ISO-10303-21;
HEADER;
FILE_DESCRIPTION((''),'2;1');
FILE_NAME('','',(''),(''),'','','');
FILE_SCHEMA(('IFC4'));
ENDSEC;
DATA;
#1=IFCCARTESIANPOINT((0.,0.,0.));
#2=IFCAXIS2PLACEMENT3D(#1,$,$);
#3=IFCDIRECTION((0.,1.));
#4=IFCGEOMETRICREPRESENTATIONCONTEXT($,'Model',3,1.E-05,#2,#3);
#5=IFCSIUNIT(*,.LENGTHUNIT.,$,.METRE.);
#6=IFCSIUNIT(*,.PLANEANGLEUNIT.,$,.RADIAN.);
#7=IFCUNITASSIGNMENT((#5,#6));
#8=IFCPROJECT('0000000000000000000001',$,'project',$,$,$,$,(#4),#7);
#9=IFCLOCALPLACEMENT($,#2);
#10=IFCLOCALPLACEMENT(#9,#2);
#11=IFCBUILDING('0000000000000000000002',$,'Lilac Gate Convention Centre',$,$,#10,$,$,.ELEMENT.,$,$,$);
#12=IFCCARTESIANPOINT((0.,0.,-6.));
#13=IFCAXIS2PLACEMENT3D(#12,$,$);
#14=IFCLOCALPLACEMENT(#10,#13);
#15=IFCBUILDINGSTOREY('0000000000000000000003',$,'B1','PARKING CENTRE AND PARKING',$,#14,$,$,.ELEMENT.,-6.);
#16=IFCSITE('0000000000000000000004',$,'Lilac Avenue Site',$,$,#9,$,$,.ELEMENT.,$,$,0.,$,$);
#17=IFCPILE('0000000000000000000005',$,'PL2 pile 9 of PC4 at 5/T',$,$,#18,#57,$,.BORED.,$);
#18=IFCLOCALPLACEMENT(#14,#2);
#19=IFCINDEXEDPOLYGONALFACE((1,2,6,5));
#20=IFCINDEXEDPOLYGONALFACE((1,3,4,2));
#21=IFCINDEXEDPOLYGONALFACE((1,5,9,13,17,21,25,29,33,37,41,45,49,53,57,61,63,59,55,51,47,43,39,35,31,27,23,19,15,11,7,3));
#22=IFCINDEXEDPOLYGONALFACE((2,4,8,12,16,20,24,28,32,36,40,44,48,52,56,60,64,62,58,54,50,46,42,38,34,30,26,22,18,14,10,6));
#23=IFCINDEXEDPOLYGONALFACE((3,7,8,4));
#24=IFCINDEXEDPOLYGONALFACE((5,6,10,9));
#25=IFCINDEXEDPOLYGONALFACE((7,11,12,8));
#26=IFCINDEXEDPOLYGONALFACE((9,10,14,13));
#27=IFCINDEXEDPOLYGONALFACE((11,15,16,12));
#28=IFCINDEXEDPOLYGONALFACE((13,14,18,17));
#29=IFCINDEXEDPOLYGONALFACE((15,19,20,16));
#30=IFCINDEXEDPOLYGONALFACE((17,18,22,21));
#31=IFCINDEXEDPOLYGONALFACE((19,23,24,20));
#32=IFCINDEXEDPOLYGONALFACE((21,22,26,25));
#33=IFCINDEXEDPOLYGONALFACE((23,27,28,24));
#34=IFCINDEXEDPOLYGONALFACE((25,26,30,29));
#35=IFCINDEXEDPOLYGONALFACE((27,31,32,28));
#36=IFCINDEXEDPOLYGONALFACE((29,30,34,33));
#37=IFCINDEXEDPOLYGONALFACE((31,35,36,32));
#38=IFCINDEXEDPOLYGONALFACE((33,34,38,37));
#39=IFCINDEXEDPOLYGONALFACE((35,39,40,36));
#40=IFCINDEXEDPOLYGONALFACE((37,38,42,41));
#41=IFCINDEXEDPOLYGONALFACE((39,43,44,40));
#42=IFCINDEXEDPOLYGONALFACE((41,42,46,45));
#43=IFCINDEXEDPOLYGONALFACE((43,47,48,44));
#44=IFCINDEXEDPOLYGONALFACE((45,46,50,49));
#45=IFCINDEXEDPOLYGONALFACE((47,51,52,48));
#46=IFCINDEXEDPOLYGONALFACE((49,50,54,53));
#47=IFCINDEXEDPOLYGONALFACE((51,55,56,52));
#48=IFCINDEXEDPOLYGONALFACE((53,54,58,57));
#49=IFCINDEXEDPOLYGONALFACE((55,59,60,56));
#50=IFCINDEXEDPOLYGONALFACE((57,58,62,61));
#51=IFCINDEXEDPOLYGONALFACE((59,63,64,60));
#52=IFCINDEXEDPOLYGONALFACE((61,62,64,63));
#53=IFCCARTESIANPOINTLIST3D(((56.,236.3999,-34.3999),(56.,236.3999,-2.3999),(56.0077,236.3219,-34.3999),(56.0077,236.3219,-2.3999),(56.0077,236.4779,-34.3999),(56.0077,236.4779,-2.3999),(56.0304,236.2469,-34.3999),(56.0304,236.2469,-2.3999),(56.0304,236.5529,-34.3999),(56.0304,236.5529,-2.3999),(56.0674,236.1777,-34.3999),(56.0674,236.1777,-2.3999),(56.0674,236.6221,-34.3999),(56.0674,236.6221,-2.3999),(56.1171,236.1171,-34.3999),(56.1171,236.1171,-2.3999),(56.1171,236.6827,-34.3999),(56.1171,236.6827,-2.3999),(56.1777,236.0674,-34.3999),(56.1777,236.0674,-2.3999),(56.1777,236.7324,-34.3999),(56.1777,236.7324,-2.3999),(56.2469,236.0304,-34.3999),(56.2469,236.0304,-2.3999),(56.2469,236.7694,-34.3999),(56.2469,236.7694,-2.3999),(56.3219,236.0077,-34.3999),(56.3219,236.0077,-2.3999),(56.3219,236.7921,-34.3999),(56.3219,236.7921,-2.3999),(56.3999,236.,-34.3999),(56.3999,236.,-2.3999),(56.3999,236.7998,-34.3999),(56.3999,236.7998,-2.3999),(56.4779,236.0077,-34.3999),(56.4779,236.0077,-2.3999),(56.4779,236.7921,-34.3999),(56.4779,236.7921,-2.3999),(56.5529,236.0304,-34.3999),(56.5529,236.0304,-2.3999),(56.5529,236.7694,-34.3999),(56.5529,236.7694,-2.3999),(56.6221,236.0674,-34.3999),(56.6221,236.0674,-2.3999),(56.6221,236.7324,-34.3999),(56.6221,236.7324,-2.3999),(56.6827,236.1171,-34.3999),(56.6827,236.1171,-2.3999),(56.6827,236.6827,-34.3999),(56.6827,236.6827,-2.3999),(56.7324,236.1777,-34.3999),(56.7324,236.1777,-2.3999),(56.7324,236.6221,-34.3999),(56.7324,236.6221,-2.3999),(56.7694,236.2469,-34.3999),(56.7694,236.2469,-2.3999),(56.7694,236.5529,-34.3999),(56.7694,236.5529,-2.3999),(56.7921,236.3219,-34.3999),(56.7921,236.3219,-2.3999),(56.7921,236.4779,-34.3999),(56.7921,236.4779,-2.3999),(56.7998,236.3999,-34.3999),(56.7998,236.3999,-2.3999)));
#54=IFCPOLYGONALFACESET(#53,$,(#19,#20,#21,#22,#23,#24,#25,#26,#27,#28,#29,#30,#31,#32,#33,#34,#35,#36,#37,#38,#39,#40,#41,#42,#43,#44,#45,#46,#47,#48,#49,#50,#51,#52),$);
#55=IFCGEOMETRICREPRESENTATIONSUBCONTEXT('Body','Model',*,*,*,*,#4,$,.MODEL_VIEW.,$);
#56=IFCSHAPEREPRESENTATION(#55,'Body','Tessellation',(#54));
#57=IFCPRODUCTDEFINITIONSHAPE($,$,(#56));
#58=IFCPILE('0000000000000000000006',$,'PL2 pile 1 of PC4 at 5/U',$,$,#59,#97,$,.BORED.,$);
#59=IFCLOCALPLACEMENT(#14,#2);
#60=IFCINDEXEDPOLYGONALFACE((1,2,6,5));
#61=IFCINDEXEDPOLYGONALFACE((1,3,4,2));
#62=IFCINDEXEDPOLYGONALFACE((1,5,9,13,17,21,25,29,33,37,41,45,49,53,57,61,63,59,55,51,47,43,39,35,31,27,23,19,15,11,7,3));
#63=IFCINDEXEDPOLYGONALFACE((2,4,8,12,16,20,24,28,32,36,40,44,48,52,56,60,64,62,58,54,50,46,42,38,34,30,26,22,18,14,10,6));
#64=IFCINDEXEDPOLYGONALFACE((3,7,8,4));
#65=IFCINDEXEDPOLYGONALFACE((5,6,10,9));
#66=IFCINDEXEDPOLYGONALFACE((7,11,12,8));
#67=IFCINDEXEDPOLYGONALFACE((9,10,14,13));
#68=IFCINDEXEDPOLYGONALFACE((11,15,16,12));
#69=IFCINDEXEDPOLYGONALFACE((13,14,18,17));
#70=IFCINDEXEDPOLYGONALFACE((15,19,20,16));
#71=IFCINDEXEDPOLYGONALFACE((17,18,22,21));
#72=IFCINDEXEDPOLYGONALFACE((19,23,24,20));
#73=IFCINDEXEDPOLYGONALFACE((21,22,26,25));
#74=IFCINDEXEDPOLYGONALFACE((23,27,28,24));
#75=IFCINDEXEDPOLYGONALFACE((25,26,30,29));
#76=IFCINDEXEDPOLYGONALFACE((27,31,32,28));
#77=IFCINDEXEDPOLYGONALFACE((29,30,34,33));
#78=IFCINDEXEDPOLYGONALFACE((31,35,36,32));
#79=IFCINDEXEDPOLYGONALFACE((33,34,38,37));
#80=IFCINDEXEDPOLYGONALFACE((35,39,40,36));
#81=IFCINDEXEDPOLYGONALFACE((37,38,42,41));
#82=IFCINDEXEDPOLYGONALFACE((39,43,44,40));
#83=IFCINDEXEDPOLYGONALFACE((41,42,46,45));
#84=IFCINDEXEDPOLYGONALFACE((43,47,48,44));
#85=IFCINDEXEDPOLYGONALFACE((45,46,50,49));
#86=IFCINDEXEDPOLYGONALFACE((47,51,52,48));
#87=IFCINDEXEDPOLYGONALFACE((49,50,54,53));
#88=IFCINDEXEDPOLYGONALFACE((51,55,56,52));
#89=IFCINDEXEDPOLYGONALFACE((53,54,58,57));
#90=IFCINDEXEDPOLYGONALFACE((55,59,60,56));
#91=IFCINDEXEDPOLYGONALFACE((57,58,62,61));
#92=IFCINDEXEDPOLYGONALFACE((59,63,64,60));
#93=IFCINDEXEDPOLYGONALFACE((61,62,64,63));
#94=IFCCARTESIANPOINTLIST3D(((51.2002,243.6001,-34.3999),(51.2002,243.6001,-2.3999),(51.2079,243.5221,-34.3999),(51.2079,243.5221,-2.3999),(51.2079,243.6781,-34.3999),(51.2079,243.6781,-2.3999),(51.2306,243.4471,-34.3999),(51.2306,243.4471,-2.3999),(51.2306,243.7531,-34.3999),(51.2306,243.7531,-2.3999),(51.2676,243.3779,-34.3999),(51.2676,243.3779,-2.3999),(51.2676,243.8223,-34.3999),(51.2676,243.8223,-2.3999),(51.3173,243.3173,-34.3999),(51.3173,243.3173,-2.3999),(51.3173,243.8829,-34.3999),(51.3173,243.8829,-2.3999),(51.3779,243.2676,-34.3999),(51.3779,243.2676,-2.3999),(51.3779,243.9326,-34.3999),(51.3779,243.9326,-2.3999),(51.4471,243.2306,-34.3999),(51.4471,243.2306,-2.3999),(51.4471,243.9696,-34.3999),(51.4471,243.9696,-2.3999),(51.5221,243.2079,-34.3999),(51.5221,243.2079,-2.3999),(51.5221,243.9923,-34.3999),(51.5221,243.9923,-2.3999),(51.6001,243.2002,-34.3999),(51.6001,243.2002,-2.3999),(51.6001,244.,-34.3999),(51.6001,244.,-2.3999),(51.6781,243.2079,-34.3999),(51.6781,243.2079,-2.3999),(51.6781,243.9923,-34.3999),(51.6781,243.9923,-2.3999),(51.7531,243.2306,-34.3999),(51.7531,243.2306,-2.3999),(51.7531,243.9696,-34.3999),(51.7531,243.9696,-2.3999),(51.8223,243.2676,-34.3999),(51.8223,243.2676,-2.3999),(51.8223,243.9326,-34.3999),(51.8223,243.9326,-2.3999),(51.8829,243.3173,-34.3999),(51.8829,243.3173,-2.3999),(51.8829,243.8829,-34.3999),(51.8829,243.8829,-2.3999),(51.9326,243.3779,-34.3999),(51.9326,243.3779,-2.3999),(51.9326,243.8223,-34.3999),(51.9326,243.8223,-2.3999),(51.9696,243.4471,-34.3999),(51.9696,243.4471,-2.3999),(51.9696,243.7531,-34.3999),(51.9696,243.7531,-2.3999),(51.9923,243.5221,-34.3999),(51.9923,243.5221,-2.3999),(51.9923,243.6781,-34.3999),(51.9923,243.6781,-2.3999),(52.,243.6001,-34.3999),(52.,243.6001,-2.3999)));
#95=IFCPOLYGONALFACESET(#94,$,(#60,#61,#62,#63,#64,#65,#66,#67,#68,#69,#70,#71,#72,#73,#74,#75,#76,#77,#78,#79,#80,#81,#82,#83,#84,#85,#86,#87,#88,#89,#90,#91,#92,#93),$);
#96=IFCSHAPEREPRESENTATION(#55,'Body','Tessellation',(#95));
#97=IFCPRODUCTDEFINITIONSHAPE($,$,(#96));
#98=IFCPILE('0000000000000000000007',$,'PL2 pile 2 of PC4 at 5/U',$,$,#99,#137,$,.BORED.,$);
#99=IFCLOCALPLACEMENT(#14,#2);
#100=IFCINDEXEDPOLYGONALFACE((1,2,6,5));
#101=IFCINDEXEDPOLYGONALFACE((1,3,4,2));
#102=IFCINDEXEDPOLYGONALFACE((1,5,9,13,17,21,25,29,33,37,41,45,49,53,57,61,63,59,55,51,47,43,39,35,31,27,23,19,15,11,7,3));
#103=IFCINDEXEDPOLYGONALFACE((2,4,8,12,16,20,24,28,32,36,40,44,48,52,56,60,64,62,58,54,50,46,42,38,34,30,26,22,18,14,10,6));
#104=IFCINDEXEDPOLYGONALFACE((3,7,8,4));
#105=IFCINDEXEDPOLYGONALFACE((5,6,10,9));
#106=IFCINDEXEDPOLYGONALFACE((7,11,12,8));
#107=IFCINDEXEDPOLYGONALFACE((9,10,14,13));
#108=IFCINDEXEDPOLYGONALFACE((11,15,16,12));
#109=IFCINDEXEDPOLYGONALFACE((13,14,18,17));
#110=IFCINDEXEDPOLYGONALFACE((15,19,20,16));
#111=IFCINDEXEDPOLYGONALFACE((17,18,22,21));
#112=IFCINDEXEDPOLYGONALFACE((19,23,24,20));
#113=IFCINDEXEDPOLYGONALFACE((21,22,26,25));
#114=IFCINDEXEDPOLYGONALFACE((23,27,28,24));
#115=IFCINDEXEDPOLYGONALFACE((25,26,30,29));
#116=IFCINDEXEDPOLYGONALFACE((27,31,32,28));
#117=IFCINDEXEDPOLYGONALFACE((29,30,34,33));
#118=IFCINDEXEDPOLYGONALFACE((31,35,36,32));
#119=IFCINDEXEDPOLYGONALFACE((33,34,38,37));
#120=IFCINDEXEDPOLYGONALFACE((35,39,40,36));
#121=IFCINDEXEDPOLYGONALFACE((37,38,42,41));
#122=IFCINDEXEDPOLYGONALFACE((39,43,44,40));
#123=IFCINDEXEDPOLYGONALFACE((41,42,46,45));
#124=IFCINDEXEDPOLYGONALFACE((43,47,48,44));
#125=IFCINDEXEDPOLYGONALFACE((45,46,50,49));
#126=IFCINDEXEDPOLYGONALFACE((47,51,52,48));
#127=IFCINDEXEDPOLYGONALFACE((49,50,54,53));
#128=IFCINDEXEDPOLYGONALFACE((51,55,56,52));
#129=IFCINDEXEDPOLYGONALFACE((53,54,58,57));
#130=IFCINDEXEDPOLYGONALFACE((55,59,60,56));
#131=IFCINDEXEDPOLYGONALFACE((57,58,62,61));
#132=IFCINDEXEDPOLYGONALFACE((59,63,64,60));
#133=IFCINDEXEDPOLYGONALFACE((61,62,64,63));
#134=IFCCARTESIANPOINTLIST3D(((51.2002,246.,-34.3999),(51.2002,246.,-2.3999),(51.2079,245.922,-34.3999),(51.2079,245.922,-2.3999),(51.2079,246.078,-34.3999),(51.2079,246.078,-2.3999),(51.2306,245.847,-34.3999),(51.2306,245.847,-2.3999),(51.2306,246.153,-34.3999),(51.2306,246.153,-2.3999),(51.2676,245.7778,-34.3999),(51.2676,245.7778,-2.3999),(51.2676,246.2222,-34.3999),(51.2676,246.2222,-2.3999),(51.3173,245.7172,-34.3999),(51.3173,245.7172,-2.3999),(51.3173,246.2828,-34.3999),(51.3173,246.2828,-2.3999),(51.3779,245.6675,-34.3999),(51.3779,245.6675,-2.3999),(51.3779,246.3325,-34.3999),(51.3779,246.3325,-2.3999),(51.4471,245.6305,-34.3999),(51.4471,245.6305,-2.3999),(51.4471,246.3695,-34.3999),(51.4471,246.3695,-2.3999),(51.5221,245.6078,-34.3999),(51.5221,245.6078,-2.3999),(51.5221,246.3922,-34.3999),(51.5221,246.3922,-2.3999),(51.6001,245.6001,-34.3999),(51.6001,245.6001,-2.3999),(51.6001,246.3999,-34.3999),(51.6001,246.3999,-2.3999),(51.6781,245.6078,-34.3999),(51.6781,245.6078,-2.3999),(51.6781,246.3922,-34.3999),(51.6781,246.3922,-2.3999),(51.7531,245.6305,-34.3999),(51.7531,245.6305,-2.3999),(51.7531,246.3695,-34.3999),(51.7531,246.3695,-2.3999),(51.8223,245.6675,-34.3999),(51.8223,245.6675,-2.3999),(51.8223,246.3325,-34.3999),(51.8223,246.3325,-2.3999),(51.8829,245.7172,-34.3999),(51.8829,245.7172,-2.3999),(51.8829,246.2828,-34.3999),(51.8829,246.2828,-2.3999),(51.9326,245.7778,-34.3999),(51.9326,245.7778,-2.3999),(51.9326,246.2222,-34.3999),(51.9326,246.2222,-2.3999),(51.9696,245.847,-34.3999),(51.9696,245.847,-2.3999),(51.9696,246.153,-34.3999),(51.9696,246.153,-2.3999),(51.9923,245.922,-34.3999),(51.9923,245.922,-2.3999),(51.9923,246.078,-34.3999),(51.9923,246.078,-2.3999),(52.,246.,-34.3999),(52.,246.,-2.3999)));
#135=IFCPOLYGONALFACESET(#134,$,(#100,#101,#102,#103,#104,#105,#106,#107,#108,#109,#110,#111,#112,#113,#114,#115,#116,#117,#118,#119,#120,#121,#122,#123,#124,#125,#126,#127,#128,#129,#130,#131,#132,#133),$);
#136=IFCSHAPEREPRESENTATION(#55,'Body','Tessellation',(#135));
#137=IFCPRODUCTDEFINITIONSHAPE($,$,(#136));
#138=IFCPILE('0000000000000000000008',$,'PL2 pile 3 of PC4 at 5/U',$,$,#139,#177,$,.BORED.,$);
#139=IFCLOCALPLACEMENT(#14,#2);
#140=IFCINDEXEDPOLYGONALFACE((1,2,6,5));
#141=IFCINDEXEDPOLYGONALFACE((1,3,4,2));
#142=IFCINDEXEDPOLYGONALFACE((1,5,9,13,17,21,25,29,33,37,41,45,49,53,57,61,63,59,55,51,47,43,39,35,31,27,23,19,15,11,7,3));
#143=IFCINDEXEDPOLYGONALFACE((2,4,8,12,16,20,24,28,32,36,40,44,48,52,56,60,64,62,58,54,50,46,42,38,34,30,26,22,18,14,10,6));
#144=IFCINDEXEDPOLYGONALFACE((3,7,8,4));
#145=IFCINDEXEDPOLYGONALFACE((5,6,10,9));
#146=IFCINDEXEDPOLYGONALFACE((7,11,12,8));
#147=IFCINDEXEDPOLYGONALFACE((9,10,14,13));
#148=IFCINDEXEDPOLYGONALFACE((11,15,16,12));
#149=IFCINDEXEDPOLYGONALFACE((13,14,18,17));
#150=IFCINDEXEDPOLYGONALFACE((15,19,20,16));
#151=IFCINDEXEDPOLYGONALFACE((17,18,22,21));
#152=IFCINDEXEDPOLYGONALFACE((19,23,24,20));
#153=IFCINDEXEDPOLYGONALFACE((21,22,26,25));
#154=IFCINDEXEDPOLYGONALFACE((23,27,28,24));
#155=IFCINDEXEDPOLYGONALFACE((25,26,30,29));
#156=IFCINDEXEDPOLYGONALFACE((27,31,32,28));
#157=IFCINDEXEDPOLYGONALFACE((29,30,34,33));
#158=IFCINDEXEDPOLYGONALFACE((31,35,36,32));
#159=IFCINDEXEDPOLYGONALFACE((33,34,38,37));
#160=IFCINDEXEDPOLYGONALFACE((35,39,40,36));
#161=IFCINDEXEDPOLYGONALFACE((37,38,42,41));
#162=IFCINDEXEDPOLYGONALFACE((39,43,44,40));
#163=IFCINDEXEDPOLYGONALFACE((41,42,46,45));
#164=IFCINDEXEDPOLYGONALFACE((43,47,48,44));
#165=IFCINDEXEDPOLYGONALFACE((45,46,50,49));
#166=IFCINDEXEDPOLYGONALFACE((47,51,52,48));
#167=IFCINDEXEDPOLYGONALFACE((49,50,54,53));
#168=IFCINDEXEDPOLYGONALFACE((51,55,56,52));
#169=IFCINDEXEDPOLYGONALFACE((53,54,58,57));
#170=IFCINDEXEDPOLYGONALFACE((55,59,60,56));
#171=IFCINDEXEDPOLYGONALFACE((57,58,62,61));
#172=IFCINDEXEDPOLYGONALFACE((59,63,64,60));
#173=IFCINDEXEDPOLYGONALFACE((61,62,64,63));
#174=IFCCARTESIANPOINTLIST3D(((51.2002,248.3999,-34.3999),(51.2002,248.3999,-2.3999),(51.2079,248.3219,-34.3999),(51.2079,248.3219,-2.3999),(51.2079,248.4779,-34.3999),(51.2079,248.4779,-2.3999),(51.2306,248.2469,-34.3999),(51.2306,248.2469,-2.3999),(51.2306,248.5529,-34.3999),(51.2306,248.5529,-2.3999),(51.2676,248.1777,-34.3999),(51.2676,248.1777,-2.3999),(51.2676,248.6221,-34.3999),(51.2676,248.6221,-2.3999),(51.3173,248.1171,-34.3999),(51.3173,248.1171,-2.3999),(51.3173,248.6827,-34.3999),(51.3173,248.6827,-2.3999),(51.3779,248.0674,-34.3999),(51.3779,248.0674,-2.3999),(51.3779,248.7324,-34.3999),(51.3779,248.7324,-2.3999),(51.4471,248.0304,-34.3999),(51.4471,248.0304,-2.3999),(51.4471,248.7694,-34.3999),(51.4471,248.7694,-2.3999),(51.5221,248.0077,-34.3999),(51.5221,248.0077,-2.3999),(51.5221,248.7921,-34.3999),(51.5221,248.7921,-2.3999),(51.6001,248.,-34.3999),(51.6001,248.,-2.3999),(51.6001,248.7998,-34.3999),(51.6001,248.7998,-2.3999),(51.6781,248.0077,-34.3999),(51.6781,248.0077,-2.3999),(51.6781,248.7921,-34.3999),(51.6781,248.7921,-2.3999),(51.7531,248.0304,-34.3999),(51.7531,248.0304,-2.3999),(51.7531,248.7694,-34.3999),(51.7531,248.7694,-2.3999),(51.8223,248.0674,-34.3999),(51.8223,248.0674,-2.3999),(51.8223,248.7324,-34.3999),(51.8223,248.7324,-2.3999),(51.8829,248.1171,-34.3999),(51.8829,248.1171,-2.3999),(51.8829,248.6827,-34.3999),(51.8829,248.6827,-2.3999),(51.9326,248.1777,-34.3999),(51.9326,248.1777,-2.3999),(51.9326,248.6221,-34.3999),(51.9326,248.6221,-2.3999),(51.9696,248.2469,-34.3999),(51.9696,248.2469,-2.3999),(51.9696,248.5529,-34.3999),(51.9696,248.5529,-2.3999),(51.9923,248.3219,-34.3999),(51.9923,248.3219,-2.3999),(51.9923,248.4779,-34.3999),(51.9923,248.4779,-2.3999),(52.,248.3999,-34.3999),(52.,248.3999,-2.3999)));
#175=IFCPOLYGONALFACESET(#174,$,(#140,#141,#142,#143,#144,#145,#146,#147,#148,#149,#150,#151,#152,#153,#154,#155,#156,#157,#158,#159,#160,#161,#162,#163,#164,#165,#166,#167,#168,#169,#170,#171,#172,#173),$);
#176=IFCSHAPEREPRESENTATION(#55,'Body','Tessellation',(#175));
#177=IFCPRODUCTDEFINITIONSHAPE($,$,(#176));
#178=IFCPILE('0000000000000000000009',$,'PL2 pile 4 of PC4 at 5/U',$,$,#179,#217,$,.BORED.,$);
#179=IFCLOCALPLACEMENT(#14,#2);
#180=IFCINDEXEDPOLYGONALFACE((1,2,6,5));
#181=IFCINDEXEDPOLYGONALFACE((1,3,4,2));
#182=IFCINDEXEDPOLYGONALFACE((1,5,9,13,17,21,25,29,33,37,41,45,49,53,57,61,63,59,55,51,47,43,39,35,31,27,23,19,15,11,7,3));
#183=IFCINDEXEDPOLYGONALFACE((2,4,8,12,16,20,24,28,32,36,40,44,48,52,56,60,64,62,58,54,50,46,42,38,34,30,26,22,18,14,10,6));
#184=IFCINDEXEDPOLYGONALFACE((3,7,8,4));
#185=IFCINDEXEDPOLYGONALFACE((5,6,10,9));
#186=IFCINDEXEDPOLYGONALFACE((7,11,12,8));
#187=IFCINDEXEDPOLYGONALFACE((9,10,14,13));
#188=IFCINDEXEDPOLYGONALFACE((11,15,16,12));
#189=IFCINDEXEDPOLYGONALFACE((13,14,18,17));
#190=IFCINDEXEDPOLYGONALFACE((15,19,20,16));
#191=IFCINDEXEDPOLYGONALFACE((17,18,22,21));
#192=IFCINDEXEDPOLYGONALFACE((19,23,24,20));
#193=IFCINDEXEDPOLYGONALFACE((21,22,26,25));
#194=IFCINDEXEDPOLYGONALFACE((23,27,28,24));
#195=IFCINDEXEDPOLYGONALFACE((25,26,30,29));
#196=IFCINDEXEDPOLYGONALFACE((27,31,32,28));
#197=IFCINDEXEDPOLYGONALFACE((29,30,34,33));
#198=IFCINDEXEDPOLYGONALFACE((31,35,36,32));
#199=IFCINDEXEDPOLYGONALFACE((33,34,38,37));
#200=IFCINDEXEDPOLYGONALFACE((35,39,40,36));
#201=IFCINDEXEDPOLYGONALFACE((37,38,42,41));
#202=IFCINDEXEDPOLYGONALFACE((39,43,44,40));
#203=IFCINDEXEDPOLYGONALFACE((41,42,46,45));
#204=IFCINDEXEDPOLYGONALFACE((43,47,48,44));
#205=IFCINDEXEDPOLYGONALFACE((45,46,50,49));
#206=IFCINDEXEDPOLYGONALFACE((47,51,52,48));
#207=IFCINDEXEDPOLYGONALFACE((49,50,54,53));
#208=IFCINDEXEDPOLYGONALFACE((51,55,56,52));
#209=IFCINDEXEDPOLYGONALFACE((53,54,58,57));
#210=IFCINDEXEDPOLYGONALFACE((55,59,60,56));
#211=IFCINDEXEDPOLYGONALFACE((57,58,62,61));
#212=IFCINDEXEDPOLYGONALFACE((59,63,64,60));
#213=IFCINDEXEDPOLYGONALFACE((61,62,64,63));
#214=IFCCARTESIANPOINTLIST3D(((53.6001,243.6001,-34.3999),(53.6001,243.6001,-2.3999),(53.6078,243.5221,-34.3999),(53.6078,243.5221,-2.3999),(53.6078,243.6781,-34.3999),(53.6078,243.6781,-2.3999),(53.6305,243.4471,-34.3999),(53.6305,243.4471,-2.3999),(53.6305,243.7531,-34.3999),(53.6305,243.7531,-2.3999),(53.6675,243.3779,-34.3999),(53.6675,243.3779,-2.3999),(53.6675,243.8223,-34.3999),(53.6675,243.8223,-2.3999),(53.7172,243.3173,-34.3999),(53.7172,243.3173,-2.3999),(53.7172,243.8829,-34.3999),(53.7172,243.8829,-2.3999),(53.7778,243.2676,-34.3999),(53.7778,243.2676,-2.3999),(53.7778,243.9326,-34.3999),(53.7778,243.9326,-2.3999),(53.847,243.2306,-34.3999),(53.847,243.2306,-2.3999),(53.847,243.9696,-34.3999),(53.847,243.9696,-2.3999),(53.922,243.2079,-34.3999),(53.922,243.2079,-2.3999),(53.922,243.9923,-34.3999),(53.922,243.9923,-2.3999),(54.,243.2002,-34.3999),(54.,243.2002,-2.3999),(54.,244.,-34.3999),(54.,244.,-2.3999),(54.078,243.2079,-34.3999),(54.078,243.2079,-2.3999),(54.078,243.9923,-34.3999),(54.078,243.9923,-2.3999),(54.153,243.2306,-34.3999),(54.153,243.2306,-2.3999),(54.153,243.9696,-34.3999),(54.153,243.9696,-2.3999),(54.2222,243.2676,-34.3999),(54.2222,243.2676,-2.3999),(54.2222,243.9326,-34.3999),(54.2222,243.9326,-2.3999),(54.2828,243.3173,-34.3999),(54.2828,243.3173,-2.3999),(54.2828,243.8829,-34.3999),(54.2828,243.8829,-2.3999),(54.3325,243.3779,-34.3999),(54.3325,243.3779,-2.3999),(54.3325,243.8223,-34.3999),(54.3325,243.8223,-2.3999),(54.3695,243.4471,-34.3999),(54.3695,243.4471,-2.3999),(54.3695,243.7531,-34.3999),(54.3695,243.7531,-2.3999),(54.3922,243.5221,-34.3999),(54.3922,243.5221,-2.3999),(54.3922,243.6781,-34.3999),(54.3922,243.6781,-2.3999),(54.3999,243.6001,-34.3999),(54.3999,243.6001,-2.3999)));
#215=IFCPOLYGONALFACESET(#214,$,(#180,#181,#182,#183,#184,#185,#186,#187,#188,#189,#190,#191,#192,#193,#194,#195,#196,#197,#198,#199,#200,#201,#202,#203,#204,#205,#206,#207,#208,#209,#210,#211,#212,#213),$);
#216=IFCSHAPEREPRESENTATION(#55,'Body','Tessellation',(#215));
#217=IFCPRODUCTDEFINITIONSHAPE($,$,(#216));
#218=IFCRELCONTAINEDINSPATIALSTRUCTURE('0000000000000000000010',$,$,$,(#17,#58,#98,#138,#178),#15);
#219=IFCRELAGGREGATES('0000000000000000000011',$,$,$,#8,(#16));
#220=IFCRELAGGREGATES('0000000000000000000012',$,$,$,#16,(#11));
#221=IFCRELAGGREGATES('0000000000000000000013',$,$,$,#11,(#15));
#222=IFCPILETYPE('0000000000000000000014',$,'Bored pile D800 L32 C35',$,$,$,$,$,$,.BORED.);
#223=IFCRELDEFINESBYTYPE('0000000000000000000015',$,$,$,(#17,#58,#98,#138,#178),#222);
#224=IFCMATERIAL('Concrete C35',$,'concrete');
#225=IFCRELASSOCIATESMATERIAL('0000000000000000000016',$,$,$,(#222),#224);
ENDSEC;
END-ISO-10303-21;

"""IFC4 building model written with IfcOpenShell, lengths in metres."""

from ifc_helpers import new_model, si_unit, direction, frame, origin, origin_2d, place, context, subcontext, project, spatial, circle, extrude, material, material_profile, profile_set, type_object, element, save


model = new_model("IFC4")

# Units and contexts
model_context = context("Model", 3, precision=1e-05, world=origin(), true_north=direction((0.0, 1.0)))
body_context = subcontext(model_context, "Body", "Model", "MODEL_VIEW")
ifc_project = project(units=[si_unit("LENGTHUNIT", "METRE"), si_unit("PLANEANGLEUNIT", "RADIAN")], contexts=[model_context])

# Site, building, storey
site_placement = place(None, origin())
site = spatial("IfcSite", under=ifc_project, at=site_placement, Name="Lilac Avenue Site", CompositionType="ELEMENT", RefElevation=0.0)
building_placement = place(site_placement, origin())
building = spatial("IfcBuilding", under=site, at=building_placement, Name="Lilac Gate Convention Centre", CompositionType="ELEMENT")
storey_placement = place(building_placement, frame((0.0, 0.0, -6.0)))
storey = spatial("IfcBuildingStorey", under=building, at=storey_placement, Name="B1", Description="PARKING CENTRE AND PARKING", CompositionType="ELEMENT", Elevation=-6.0)

# Piles
ifc_material_1 = material(Name="Concrete C35", Category="concrete")
ifc_material_profile_1 = material_profile(ifc_material_1, circle(Radius=0.3999, at=origin_2d()), Name="D800")
ifc_profile_set_1 = profile_set([ifc_material_profile_1], Name="Concrete C35")
pile_type = type_object("IfcPileType", Name="Bored pile D800 L32 C35", PredefinedType="BORED", material=ifc_profile_set_1)
for number, where, z_axis, x_axis, name in (
    (1, (56.3999, 236.3999, -2.3999), (0.0, 0.0, -1.0), (1.0, 0.0, 0.0), "PL2 pile 9 of PC4 at 5/T"),
    (2, (51.6001, 243.6001, -2.3999), (0.0, 0.0, -1.0), (1.0, 0.0, 0.0), "PL2 pile 1 of PC4 at 5/U"),
    (3, (51.6001, 246.0, -2.3999), (0.0, 0.0, -1.0), (1.0, 0.0, 0.0), "PL2 pile 2 of PC4 at 5/U"),
    (4, (51.6001, 248.3999, -2.3999), (0.0, 0.0, -1.0), (1.0, 0.0, 0.0), "PL2 pile 3 of PC4 at 5/U"),
    (5, (54.0, 243.6001, -2.3999), (0.0, 0.0, -1.0), (1.0, 0.0, 0.0), "PL2 pile 4 of PC4 at 5/U"),
):
    element("IfcPile", number, at=place(storey_placement, frame(where, z_axis=z_axis, x_axis=x_axis)), inside=storey, type_object=pile_type, Name=name, PredefinedType="BORED", context=body_context, shape_type="SweptSolid", body=[
        extrude(circle(Radius=0.3999, at=origin_2d()), origin(), (0.0, 0.0, 1.0), 32.0),
    ])

save(model, "model.ifc")
